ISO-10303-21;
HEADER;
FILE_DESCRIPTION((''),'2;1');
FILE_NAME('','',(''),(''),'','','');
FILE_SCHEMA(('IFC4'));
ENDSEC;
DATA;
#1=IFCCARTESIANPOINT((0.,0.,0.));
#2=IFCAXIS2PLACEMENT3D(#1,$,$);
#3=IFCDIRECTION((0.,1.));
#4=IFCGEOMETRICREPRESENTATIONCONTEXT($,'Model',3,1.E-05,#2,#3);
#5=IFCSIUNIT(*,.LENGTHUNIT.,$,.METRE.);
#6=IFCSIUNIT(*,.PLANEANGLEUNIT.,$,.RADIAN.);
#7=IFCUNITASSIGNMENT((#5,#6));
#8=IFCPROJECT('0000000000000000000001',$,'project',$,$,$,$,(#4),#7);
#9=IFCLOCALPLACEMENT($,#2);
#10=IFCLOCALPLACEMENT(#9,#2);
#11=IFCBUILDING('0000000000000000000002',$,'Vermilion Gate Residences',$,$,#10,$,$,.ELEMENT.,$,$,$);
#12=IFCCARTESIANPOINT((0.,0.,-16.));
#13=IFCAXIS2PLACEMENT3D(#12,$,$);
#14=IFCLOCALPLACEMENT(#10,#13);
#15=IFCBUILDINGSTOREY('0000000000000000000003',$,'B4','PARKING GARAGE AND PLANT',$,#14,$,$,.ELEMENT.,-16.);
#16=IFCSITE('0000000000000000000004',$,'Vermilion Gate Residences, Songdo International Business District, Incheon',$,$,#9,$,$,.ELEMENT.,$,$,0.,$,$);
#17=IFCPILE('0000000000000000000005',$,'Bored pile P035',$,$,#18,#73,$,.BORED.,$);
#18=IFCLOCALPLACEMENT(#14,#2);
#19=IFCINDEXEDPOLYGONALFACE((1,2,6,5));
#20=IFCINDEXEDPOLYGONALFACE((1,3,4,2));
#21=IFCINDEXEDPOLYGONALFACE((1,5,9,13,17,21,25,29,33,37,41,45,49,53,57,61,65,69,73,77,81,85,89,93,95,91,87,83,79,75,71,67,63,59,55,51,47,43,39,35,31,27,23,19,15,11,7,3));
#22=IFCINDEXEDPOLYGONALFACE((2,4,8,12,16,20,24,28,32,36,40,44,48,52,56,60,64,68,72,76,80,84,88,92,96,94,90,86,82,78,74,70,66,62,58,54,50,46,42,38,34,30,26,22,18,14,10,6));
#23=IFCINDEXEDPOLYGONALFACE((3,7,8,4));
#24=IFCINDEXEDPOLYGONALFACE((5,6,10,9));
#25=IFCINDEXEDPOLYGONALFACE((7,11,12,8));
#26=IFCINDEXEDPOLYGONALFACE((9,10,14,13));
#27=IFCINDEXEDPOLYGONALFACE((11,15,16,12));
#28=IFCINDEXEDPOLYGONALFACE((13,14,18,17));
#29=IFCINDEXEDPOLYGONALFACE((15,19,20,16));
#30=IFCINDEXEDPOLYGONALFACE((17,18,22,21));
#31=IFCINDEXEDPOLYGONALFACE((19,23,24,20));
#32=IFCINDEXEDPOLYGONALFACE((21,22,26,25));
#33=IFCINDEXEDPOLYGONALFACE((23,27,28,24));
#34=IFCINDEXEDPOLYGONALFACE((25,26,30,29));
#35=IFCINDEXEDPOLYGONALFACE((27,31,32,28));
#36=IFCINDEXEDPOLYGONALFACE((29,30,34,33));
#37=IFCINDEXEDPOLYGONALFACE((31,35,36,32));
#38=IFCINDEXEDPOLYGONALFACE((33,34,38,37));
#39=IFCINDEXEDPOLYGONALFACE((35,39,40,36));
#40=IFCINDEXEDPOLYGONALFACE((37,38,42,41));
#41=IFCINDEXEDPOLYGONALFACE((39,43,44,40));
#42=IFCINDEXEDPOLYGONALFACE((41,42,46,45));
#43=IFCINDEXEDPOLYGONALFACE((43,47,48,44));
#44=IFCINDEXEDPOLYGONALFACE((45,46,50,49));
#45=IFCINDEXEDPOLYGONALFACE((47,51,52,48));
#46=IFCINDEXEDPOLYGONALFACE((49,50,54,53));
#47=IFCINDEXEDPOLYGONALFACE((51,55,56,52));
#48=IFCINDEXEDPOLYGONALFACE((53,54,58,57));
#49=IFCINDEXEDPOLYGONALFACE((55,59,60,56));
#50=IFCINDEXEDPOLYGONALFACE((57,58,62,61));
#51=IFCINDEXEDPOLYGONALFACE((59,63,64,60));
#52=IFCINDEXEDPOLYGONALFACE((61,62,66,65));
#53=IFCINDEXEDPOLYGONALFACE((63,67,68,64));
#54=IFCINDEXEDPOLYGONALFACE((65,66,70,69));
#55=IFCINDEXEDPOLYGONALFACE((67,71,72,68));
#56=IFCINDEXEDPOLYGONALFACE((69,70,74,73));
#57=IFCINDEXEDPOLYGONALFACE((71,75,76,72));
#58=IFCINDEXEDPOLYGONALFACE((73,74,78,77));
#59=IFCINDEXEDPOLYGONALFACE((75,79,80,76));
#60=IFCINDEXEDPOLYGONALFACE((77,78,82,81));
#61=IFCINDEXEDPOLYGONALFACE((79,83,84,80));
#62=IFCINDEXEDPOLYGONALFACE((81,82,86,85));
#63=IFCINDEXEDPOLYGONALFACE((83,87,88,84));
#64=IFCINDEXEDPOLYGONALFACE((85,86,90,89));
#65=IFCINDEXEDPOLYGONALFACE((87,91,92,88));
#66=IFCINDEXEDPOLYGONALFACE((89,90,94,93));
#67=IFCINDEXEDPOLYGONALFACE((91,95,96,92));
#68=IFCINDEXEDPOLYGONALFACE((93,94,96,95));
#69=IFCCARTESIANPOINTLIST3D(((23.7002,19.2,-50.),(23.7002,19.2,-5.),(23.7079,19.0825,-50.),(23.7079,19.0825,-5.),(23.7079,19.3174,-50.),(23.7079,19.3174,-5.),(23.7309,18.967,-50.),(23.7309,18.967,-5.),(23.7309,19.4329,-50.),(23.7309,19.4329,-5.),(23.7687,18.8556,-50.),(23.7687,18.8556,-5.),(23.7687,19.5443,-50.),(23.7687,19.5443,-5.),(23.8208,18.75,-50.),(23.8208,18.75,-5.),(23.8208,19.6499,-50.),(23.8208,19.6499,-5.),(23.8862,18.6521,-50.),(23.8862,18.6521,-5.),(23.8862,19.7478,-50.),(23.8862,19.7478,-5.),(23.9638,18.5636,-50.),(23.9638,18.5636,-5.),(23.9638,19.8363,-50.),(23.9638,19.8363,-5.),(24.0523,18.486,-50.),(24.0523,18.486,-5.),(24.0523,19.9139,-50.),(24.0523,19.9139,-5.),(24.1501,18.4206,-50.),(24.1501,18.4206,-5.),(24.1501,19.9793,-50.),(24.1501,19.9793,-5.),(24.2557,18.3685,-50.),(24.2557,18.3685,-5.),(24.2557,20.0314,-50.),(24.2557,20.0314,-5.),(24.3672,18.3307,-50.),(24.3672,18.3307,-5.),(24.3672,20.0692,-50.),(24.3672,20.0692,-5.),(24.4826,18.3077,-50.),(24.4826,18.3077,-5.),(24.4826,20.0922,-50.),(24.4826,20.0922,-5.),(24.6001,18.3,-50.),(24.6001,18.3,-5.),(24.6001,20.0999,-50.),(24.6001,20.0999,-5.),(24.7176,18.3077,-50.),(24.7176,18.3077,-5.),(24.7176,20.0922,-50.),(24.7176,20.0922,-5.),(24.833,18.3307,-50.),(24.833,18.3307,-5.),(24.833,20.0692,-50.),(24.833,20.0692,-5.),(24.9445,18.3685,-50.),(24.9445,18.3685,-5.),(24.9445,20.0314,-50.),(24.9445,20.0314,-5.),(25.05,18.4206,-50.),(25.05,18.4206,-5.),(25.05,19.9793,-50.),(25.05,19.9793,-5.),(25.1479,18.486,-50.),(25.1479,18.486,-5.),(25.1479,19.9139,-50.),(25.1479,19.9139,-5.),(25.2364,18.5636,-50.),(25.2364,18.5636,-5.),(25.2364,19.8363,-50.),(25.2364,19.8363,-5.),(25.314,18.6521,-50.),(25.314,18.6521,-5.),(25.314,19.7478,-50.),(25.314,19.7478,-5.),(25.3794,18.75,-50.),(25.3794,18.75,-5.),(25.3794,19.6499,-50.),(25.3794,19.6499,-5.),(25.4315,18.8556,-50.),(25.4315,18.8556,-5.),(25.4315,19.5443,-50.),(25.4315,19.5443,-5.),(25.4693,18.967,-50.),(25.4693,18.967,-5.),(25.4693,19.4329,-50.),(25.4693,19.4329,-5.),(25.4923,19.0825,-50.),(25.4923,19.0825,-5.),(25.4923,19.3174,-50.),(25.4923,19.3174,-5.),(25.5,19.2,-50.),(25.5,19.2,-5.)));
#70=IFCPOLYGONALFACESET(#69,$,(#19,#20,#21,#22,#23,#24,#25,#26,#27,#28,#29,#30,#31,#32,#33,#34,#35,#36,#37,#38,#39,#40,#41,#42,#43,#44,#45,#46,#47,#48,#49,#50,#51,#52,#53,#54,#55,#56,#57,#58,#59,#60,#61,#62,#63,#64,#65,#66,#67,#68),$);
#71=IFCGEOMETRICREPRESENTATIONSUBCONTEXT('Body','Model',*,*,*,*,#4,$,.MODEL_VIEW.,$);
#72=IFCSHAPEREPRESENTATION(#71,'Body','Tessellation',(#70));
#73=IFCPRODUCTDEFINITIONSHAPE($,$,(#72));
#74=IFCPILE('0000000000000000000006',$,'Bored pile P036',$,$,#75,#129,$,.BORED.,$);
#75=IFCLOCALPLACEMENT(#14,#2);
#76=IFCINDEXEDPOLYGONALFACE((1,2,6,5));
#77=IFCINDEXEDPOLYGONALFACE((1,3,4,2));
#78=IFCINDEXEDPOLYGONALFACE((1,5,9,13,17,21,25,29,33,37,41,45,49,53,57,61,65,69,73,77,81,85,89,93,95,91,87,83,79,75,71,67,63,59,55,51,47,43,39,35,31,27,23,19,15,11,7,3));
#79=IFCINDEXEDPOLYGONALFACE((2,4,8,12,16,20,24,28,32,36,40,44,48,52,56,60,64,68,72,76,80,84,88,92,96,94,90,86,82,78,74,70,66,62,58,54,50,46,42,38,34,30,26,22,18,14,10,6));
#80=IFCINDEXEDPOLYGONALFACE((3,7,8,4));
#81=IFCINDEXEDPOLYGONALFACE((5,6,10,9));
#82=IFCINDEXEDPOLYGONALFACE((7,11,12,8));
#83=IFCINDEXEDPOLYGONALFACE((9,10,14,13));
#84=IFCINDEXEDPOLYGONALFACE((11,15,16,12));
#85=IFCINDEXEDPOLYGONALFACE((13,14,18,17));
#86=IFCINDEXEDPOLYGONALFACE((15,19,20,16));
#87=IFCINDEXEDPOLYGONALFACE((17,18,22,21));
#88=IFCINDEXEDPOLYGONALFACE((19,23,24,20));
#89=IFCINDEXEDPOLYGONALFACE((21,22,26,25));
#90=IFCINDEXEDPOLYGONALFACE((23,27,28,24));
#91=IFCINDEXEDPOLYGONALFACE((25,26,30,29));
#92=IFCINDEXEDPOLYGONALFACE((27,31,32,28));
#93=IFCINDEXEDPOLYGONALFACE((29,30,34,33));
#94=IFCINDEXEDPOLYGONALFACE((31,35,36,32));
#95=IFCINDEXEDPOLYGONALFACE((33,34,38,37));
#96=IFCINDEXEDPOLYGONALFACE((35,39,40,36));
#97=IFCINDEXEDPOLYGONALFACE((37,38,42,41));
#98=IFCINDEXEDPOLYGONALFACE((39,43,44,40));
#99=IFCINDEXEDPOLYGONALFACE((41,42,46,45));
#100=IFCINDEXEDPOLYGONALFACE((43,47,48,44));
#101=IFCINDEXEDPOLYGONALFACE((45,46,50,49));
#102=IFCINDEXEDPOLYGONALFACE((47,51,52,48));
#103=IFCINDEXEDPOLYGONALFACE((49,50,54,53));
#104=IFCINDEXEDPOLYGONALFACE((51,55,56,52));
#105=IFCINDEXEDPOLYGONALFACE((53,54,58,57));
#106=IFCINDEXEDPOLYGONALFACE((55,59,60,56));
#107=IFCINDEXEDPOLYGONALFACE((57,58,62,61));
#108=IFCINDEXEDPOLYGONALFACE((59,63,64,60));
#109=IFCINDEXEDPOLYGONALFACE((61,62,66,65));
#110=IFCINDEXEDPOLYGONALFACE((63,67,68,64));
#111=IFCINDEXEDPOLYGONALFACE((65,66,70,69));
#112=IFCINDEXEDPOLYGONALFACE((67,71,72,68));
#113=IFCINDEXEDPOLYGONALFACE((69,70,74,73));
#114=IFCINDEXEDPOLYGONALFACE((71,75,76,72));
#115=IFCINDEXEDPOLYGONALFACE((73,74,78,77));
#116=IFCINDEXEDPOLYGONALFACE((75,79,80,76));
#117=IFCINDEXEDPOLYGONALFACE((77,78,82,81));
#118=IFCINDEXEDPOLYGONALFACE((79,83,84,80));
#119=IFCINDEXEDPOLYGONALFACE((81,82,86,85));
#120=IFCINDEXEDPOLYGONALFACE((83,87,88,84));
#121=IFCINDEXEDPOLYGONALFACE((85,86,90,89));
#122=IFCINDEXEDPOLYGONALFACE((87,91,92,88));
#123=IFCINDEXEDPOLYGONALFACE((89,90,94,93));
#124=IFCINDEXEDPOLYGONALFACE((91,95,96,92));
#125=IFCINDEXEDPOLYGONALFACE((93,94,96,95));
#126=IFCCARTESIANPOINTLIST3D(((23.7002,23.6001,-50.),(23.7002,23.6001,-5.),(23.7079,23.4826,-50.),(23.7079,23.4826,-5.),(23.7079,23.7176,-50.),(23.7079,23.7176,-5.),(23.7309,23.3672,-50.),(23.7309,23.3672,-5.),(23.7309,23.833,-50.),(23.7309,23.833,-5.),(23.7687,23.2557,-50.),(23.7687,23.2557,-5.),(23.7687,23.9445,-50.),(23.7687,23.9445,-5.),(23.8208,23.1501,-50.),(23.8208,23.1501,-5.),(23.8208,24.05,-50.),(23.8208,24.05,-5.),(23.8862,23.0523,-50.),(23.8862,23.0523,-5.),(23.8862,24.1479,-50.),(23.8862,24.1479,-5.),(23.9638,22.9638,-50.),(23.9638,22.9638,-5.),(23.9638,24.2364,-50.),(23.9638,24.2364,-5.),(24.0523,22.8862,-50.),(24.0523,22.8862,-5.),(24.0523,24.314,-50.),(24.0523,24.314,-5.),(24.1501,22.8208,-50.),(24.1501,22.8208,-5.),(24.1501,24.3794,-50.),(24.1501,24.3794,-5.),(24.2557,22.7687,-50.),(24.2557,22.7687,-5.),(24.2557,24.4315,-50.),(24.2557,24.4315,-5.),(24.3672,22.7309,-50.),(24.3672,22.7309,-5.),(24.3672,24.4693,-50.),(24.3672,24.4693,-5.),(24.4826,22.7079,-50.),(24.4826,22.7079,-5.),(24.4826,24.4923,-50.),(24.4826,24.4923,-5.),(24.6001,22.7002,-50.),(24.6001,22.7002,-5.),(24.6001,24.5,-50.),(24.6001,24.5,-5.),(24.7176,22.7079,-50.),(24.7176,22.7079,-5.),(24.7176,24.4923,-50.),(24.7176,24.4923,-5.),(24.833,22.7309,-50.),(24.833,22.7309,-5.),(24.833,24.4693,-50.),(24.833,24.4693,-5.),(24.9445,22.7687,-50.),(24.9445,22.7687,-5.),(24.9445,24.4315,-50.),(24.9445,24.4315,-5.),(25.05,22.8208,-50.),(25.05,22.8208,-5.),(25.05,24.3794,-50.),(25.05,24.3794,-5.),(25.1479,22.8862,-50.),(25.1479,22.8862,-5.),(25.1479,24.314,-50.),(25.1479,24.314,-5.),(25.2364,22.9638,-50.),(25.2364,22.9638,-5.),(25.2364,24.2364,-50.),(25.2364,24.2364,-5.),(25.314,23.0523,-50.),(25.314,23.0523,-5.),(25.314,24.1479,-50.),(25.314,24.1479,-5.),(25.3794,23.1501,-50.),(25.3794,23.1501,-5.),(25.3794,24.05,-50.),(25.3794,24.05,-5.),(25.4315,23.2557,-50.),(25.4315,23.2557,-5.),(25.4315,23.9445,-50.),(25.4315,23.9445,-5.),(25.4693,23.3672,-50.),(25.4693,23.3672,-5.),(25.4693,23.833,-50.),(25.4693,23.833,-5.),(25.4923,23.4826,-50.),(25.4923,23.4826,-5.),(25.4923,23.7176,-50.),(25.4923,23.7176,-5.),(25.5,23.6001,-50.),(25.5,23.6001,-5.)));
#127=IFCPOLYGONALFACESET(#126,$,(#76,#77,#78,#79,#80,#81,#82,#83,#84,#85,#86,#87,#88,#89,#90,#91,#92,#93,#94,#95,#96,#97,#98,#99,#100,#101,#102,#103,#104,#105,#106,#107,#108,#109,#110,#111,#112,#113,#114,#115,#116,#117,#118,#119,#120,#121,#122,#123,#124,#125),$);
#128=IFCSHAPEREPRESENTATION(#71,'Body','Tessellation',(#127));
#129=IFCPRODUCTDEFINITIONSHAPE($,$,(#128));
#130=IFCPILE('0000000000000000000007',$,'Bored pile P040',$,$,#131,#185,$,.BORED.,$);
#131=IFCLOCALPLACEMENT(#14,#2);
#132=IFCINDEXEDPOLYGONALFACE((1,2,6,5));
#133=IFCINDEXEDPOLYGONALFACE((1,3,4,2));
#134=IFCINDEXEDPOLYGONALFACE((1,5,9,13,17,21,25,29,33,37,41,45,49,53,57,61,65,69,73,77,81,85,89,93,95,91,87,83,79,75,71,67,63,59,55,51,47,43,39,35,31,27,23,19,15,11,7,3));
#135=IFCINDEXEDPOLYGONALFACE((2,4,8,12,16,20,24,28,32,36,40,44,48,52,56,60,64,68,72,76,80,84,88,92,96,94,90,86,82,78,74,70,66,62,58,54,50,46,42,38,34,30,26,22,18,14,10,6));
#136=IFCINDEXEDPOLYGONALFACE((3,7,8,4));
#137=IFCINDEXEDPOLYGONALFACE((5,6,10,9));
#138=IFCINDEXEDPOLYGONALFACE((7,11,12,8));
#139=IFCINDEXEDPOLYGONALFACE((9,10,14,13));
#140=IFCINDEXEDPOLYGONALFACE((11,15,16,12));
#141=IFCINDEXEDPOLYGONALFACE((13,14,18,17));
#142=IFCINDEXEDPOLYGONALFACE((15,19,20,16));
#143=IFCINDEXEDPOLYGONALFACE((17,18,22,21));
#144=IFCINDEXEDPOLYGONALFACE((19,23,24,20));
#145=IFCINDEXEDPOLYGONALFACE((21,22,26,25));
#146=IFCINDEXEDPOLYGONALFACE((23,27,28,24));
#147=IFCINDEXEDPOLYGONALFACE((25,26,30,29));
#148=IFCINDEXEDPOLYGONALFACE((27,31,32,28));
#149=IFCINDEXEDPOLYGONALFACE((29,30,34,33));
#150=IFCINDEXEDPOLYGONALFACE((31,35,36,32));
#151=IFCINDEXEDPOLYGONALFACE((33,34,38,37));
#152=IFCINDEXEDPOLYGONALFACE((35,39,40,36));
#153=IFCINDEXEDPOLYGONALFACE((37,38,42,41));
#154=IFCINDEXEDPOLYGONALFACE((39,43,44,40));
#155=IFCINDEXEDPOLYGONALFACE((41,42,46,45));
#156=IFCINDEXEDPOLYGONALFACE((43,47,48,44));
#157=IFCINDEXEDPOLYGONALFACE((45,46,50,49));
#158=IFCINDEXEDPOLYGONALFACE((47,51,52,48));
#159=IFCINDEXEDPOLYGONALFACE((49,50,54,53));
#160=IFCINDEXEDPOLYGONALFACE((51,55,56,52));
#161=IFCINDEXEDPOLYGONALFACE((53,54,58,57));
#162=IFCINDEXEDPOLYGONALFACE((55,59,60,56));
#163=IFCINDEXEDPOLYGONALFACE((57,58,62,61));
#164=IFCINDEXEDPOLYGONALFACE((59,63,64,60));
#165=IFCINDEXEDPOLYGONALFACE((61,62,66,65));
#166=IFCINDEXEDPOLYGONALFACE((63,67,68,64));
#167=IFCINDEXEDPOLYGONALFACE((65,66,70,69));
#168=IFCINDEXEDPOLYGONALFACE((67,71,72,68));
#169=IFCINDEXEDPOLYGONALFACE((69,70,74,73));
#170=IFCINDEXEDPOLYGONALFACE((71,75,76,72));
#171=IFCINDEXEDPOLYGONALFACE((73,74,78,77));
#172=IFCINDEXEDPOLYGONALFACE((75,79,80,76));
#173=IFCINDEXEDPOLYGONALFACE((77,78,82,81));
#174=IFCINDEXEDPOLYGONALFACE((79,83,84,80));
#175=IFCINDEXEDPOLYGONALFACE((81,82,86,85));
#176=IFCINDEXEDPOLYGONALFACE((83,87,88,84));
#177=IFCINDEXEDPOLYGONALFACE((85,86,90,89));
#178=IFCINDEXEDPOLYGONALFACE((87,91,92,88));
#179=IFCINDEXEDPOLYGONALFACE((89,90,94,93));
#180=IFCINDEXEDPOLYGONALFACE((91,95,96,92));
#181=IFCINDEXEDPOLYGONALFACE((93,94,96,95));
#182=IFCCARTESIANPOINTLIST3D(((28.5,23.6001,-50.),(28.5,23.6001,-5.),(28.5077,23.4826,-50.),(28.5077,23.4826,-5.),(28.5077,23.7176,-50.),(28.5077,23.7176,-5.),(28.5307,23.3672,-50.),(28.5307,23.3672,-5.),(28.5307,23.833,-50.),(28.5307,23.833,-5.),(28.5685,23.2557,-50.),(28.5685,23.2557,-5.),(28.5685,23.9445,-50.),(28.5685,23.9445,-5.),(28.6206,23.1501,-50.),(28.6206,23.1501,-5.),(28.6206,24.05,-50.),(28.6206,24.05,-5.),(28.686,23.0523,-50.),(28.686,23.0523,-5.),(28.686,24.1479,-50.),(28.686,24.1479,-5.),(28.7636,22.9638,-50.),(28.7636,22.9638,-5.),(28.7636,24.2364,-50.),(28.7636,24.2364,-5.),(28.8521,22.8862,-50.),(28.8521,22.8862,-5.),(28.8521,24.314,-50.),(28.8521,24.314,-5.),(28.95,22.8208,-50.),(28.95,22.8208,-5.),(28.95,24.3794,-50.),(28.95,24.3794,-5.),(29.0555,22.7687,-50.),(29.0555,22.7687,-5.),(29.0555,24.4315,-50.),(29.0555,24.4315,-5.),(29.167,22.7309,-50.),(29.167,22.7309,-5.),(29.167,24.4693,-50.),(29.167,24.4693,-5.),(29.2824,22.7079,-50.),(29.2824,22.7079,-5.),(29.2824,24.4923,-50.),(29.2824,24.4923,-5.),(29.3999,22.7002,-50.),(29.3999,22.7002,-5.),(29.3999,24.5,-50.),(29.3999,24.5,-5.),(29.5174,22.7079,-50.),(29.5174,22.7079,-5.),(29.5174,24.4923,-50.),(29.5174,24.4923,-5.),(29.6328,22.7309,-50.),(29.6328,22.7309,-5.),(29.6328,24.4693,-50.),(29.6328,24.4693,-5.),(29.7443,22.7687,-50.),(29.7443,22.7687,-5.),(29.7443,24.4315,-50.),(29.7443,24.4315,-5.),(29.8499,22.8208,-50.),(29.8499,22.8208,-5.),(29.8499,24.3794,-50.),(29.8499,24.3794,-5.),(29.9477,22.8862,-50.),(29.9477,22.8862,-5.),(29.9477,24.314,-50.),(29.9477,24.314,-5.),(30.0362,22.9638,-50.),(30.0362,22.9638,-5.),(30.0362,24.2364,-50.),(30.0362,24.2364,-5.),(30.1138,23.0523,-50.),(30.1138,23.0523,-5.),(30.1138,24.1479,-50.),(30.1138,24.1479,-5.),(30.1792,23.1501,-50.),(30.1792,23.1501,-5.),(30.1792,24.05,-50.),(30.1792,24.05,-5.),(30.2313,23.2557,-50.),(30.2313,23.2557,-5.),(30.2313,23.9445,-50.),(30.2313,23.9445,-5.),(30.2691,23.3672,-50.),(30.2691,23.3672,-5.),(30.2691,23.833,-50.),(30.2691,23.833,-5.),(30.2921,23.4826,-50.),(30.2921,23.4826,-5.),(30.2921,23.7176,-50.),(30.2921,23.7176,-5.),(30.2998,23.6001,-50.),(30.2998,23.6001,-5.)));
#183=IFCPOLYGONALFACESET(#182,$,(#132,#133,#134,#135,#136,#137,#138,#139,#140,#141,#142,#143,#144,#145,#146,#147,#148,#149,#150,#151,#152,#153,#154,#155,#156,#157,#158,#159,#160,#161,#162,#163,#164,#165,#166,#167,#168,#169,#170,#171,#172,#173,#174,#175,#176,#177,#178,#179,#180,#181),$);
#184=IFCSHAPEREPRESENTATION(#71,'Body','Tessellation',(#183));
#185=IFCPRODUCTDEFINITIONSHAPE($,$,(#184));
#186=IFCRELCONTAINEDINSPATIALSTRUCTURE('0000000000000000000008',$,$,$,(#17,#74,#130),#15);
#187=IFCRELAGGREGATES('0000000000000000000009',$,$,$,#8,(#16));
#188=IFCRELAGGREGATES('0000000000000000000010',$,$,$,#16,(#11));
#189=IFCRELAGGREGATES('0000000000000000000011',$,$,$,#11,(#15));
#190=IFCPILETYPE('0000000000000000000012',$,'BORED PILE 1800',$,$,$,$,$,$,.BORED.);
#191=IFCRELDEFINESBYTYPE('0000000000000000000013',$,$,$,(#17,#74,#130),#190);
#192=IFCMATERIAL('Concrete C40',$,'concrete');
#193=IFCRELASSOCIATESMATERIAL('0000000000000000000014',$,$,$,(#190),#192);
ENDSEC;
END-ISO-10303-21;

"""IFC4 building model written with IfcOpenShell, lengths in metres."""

from ifc_helpers import new_model, si_unit, direction, frame, origin, origin_2d, place, context, subcontext, project, spatial, circle, extrude, material, material_profile, profile_set, type_object, element, save


model = new_model("IFC4")

# Units and contexts
model_context = context("Model", 3, precision=1e-05, world=origin(), true_north=direction((0.0, 1.0)))
body_context = subcontext(model_context, "Body", "Model", "MODEL_VIEW")
ifc_project = project(units=[si_unit("LENGTHUNIT", "METRE"), si_unit("PLANEANGLEUNIT", "RADIAN")], contexts=[model_context])

# Site, building, storey
site_placement = place(None, origin())
site = spatial("IfcSite", under=ifc_project, at=site_placement, Name="Vermilion Gate Residences, Songdo International Business District, Incheon", CompositionType="ELEMENT", RefElevation=0.0)
building_placement = place(site_placement, origin())
building = spatial("IfcBuilding", under=site, at=building_placement, Name="Vermilion Gate Residences", CompositionType="ELEMENT")
storey_placement = place(building_placement, frame((0.0, 0.0, -16.0)))
storey = spatial("IfcBuildingStorey", under=building, at=storey_placement, Name="B4", Description="PARKING GARAGE AND PLANT", CompositionType="ELEMENT", Elevation=-16.0)

# Piles
ifc_material_1 = material(Name="Concrete C40", Category="concrete")
ifc_material_profile_1 = material_profile(ifc_material_1, circle(Radius=0.8999, at=origin_2d()), Name="BORED PILE 1800")
ifc_profile_set_1 = profile_set([ifc_material_profile_1], Name="Concrete C40")
pile_type_1 = type_object("IfcPileType", Name="BORED PILE 1800", PredefinedType="BORED", material=ifc_profile_set_1)
for number, where, z_axis, x_axis, name in (
    (1, (24.6001, 19.2, -5.0), (0.0, 0.0, -1.0), (1.0, 0.0, 0.0), "Bored pile P035"),
    (2, (24.6001, 23.6001, -5.0), (0.0, 0.0, -1.0), (1.0, 0.0, 0.0), "Bored pile P036"),
    (3, (29.3999, 23.6001, -5.0), (0.0, 0.0, -1.0), (1.0, 0.0, 0.0), "Bored pile P040"),
):
    element("IfcPile", number, at=place(storey_placement, frame(where, z_axis=z_axis, x_axis=x_axis)), inside=storey, type_object=pile_type_1, Name=name, PredefinedType="BORED", context=body_context, shape_type="SweptSolid", body=[
        extrude(circle(Radius=0.8999, at=origin_2d()), origin(), (0.0, 0.0, 1.0), 45.0),
    ])

save(model, "model.ifc")
